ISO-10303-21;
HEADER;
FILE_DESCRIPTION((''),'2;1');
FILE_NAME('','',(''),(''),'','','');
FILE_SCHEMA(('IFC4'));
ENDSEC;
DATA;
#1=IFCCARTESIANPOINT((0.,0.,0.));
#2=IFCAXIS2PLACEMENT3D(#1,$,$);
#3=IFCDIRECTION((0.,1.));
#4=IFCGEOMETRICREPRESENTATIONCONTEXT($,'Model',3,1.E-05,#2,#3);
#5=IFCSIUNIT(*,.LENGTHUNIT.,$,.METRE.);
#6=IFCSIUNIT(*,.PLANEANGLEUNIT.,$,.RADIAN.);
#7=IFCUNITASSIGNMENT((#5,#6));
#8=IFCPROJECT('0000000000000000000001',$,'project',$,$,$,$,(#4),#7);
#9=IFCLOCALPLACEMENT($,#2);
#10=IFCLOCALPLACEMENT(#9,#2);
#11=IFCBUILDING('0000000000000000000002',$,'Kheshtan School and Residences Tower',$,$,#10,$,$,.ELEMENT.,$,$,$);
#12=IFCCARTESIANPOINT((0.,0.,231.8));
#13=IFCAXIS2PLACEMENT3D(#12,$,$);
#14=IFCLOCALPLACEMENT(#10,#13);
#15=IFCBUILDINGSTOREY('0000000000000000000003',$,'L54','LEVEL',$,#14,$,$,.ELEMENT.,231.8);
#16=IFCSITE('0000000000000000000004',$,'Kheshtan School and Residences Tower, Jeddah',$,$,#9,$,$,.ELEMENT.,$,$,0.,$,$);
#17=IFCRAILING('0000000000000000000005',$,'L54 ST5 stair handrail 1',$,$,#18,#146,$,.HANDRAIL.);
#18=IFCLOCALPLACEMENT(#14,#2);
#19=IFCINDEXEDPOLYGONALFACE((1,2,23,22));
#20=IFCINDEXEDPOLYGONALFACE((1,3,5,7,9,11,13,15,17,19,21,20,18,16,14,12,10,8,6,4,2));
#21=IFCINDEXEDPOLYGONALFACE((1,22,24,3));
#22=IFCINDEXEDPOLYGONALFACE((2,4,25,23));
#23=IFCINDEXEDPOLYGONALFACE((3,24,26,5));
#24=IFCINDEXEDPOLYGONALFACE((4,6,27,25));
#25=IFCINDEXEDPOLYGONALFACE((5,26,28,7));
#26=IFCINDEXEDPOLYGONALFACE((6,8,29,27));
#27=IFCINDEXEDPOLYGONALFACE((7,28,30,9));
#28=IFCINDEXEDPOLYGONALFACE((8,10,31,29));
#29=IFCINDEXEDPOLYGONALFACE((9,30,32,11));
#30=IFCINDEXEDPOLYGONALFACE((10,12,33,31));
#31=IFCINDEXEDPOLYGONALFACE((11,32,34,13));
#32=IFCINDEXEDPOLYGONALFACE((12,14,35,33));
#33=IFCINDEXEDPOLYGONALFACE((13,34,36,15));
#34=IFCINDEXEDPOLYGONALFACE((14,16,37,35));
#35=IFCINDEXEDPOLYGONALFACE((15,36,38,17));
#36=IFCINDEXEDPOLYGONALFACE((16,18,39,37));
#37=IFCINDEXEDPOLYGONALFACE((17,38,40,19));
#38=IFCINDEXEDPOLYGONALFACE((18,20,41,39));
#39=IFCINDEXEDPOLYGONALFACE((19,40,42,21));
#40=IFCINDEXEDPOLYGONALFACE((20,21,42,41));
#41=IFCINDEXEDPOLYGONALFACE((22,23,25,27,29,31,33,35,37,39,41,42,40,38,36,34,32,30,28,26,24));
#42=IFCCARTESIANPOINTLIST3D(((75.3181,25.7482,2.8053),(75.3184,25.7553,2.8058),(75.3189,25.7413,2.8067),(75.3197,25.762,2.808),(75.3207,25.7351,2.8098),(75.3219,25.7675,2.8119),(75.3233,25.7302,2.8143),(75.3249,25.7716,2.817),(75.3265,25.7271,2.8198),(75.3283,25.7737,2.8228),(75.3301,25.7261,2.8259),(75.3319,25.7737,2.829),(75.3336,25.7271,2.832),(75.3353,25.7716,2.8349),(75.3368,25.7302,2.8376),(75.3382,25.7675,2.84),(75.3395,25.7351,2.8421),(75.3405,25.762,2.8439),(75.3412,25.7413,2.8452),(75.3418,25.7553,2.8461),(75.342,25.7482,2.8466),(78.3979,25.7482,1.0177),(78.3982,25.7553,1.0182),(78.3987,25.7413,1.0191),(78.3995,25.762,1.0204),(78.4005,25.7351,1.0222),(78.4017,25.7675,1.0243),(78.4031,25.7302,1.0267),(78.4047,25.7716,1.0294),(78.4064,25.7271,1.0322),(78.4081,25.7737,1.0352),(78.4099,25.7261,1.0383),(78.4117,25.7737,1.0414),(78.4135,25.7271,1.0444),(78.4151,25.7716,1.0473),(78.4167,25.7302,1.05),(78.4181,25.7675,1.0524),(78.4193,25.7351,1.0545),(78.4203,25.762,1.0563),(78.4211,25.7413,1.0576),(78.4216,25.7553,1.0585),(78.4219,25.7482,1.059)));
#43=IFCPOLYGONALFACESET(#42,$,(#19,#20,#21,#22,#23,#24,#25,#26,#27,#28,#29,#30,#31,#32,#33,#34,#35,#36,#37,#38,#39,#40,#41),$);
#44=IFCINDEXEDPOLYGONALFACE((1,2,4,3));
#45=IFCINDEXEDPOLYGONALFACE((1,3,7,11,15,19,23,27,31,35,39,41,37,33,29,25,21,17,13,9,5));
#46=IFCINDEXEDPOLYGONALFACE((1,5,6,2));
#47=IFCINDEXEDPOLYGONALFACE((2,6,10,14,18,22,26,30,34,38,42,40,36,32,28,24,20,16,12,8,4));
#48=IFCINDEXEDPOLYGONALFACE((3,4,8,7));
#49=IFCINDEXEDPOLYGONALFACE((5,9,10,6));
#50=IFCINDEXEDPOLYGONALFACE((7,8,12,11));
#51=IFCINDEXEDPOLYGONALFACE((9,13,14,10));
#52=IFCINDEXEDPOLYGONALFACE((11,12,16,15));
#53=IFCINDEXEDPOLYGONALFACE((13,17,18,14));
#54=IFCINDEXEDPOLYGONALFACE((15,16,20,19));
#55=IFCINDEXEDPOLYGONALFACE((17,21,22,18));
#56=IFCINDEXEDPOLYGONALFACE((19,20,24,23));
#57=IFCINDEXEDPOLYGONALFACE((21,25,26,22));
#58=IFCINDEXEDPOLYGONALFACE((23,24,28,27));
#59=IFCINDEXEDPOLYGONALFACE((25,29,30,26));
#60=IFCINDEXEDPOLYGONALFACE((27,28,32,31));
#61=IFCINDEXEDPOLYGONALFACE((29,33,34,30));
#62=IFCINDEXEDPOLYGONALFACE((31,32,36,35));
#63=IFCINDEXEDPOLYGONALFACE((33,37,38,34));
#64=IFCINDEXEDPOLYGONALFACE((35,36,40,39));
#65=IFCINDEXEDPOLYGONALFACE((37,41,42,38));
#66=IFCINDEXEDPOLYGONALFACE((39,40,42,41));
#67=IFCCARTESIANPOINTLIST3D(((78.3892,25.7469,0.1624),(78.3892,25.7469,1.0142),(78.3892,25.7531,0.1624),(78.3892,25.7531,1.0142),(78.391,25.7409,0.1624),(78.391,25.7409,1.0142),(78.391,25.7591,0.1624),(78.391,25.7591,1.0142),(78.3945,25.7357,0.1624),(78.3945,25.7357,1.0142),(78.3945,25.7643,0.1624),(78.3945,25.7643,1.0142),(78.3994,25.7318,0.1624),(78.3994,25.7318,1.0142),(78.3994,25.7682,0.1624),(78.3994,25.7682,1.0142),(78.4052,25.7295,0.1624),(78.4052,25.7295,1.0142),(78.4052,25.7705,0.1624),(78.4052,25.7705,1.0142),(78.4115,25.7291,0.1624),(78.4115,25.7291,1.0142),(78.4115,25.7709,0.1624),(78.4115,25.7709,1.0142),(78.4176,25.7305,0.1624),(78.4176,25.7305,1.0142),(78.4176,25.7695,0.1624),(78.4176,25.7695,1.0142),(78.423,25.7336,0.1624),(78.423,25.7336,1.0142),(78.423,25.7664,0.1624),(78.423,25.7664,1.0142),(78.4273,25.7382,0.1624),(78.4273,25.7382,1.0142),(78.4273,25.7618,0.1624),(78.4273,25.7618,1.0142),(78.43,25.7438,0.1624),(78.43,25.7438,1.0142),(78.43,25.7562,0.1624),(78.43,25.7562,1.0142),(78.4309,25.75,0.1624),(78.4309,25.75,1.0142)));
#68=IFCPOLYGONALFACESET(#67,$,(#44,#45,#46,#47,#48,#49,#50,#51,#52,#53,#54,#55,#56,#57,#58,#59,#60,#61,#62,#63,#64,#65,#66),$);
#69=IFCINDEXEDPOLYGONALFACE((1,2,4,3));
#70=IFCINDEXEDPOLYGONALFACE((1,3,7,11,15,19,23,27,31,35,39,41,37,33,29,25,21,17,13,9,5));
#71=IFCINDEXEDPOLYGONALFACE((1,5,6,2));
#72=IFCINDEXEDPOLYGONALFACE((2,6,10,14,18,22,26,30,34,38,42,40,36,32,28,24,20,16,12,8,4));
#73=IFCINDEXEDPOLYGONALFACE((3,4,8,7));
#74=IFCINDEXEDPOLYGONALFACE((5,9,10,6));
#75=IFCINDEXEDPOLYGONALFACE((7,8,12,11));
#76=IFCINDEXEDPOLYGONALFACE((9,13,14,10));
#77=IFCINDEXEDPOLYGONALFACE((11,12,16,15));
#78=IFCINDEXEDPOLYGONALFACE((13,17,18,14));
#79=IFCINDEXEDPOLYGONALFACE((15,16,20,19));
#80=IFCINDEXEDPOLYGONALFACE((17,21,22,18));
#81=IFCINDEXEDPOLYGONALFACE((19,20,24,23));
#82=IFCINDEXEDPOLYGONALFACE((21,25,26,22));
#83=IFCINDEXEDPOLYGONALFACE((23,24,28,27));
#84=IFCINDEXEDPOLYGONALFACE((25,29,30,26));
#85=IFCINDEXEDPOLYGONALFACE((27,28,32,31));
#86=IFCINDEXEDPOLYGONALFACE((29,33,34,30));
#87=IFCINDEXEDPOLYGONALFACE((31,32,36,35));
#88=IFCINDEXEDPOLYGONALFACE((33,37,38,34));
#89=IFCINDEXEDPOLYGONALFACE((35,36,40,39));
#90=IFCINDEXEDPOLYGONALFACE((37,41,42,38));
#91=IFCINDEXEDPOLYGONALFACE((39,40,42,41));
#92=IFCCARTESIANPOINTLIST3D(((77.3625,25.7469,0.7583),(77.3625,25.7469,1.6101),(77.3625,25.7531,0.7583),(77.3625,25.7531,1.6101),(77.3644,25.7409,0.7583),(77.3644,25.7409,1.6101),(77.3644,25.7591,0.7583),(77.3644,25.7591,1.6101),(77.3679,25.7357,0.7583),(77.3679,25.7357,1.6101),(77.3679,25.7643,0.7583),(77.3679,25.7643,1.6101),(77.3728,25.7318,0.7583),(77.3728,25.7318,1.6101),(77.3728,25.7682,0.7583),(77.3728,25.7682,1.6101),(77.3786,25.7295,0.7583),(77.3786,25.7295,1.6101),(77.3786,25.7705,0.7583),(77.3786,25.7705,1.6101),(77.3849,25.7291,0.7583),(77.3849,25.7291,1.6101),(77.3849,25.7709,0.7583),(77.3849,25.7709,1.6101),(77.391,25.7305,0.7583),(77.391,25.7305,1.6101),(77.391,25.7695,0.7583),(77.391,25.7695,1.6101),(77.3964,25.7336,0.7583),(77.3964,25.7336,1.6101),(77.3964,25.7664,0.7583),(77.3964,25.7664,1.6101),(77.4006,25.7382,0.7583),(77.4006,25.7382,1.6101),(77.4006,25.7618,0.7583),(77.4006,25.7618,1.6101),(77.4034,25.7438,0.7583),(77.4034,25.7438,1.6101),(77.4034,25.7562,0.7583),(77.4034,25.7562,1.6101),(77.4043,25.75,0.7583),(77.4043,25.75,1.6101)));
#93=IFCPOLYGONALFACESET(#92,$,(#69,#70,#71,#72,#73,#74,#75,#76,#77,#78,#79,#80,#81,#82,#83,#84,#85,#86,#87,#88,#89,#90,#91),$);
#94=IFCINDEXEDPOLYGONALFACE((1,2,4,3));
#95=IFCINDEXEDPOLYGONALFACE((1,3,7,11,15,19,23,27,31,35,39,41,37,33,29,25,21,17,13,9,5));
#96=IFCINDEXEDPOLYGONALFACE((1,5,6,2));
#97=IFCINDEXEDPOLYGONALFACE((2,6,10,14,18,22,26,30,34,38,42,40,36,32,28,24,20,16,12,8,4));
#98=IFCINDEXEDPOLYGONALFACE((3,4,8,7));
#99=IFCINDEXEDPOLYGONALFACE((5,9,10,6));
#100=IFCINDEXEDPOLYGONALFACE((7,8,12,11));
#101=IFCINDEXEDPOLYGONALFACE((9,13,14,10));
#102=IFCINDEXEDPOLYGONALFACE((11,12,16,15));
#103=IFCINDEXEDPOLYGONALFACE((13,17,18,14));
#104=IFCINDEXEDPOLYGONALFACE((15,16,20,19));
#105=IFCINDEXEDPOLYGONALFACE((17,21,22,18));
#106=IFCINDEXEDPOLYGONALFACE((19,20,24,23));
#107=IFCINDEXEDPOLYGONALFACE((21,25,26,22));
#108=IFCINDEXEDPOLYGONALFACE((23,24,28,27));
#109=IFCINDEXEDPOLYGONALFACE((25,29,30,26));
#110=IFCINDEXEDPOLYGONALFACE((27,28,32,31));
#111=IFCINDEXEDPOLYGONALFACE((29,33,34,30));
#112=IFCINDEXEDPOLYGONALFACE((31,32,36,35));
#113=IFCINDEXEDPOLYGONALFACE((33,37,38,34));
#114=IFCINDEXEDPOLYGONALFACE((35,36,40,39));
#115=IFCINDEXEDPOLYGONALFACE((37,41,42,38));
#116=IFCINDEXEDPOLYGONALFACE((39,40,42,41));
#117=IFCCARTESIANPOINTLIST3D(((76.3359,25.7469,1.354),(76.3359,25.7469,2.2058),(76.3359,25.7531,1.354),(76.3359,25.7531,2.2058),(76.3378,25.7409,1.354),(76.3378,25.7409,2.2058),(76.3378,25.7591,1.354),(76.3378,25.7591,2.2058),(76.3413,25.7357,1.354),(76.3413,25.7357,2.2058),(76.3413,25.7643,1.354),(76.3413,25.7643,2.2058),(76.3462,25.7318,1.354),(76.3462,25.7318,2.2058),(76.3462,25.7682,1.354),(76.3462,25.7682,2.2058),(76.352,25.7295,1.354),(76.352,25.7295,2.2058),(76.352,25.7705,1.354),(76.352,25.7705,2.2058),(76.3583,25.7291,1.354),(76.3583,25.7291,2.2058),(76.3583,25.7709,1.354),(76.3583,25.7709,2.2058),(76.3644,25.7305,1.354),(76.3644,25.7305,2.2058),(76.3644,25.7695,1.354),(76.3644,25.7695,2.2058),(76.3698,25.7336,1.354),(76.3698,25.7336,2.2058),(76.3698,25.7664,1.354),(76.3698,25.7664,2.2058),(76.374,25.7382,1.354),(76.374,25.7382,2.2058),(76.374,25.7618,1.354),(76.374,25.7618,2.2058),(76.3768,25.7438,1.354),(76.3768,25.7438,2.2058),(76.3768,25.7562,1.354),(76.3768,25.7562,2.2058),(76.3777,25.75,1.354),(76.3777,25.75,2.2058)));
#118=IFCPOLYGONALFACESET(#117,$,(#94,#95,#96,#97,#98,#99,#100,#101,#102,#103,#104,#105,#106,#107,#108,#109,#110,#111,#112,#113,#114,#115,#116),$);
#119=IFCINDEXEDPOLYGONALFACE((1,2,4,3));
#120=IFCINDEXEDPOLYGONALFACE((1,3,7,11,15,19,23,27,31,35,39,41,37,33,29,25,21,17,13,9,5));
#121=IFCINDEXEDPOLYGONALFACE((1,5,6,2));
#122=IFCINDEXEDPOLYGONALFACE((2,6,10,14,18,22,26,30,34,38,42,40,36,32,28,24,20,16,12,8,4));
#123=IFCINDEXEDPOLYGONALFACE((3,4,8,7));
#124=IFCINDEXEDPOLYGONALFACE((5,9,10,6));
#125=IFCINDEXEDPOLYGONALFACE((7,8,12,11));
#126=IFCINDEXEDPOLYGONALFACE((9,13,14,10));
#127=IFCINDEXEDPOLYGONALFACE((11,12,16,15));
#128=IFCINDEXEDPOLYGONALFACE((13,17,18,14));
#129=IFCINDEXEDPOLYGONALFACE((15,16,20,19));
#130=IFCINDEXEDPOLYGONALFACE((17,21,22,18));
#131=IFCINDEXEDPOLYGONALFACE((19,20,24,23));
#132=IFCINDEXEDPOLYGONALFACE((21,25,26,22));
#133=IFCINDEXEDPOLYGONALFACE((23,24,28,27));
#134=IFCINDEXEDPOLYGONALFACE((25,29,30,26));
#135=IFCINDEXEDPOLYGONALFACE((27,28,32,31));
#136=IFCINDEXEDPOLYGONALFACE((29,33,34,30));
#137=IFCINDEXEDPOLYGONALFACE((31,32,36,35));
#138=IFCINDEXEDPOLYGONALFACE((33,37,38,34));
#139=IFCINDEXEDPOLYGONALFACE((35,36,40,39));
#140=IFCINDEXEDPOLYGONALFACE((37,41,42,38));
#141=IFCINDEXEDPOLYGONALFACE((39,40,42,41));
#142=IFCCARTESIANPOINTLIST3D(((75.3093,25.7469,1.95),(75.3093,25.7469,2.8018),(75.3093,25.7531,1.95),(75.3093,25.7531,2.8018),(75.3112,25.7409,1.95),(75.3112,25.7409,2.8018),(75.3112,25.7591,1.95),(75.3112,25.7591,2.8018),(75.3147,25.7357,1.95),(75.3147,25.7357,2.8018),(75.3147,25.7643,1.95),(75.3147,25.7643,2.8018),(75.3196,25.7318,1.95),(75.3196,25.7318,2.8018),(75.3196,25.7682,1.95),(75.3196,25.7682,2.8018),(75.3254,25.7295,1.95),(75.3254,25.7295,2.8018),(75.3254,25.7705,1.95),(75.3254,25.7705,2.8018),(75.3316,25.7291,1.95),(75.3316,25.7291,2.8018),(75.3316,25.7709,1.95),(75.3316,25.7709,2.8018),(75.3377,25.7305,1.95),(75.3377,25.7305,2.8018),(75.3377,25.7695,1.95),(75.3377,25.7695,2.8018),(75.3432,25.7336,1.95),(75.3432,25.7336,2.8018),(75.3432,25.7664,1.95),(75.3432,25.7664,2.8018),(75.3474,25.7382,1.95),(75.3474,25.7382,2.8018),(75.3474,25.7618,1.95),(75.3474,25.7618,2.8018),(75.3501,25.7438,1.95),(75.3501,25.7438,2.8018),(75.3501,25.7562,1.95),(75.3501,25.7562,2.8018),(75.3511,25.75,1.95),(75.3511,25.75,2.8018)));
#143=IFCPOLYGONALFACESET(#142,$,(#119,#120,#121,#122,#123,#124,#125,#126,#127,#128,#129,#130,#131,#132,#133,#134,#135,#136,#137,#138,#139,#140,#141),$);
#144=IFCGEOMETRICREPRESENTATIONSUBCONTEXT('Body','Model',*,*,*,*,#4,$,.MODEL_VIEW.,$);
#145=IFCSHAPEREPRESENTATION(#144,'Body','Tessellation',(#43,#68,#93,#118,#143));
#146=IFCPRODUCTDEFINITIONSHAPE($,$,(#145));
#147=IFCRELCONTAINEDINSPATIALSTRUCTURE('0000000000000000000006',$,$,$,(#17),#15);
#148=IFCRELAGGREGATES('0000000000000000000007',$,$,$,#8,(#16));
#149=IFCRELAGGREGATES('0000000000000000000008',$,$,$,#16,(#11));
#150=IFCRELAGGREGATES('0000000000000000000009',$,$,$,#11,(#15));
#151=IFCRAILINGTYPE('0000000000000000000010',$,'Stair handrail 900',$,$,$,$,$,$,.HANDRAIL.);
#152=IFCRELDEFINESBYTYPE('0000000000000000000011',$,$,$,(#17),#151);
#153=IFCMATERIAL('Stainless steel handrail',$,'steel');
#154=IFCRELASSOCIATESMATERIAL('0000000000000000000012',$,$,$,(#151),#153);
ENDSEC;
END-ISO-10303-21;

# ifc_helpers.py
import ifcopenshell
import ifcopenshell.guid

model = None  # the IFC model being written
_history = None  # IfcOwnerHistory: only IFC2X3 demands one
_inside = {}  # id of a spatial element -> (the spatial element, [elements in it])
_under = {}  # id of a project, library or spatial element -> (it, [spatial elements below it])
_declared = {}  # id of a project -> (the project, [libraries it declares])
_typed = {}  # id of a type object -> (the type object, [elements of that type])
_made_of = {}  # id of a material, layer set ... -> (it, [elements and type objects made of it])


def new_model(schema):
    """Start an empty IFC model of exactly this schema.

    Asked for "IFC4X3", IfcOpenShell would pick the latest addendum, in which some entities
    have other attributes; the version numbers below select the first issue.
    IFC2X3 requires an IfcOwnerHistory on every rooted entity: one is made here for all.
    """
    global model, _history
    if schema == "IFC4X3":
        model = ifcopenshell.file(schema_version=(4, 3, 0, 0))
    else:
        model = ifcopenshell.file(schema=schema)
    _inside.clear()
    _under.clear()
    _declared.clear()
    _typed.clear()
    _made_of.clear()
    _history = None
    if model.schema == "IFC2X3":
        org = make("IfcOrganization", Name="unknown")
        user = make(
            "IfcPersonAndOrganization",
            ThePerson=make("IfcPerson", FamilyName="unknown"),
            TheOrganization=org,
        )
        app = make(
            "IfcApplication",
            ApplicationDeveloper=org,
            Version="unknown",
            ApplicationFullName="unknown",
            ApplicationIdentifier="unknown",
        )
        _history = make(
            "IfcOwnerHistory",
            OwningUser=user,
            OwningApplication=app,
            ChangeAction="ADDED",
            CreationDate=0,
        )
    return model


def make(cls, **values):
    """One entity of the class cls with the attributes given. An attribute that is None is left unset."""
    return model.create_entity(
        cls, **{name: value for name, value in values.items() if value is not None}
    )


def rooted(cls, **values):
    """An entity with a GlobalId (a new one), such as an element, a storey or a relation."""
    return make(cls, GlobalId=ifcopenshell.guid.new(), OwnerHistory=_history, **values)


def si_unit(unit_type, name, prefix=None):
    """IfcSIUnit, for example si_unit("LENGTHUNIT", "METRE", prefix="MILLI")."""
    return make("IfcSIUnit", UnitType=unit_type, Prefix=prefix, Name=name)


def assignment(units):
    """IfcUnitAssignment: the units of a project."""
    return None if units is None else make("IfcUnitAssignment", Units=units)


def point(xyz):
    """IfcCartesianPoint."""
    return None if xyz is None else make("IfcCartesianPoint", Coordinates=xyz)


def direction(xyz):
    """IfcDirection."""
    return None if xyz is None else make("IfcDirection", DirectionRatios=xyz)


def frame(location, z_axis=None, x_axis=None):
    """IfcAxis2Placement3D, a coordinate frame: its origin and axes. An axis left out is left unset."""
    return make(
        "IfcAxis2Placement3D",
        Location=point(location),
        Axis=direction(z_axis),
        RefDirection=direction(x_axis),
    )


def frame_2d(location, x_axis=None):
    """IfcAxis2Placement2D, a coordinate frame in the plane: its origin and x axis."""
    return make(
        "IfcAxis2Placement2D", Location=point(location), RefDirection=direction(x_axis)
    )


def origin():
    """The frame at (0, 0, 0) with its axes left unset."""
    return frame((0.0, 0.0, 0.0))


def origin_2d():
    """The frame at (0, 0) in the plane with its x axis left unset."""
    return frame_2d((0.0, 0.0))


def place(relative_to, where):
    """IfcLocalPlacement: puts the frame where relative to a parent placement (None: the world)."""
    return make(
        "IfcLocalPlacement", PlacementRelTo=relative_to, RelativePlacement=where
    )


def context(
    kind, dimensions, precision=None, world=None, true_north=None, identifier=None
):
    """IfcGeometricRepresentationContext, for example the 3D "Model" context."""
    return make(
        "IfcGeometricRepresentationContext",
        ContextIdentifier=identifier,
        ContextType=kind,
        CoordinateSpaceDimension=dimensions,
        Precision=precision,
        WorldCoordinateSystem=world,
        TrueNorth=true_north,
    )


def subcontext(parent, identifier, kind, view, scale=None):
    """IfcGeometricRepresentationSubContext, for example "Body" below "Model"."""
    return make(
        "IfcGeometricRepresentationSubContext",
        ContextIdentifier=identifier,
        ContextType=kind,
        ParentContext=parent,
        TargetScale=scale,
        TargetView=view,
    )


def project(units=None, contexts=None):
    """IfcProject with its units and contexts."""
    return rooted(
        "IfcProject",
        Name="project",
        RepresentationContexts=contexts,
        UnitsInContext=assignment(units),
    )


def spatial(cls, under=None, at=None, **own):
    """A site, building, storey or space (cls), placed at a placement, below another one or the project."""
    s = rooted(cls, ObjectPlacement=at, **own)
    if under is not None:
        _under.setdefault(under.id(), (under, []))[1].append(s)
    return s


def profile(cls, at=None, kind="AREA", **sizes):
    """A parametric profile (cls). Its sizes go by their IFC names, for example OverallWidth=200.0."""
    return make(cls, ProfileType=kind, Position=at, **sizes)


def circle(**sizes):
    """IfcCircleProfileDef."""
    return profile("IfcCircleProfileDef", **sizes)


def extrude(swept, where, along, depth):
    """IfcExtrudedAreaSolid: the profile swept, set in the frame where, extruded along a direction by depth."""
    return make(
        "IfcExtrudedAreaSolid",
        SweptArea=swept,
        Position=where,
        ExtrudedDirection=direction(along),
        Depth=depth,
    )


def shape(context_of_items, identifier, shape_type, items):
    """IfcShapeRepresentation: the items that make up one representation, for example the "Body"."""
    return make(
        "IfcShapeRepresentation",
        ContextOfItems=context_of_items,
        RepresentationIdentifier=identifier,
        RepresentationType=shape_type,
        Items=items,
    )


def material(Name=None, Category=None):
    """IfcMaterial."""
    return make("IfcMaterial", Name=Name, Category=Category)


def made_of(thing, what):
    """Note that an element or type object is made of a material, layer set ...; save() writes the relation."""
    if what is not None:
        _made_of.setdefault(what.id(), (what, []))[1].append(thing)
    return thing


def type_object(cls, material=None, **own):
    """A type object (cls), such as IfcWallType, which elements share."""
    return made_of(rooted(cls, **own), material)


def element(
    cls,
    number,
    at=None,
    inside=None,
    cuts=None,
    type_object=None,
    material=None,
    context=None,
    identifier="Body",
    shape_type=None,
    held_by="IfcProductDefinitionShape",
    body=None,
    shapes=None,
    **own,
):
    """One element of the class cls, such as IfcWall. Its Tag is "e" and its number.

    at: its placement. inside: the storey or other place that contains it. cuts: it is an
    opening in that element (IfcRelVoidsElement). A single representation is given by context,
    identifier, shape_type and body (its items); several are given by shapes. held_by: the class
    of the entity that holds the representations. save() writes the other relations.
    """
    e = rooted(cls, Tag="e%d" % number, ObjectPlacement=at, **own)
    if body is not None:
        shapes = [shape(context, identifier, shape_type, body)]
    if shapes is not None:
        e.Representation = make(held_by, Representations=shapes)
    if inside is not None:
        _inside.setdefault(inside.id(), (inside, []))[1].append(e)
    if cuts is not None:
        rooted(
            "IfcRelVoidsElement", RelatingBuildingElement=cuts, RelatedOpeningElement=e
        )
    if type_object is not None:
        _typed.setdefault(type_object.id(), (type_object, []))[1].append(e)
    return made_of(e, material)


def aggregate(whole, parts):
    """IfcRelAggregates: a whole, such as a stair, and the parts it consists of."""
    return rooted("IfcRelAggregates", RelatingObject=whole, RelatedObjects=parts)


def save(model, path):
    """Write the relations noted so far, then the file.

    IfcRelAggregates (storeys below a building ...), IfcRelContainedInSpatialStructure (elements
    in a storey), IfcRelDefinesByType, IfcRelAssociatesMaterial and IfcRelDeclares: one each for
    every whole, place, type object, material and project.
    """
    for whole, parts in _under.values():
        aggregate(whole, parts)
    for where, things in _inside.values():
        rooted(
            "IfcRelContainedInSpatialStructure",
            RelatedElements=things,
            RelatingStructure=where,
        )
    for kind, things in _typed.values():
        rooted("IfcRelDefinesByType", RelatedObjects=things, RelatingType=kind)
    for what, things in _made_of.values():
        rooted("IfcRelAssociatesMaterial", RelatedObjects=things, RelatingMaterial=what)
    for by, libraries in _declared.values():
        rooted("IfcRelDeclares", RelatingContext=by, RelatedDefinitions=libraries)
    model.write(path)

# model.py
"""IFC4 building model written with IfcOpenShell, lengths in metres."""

from ifc_helpers import new_model, si_unit, direction, frame, origin, origin_2d, place, context, subcontext, project, spatial, circle, extrude, material, type_object, element, save


model = new_model("IFC4")

# Units and contexts
model_context = context("Model", 3, precision=1e-05, world=origin(), true_north=direction((0.0, 1.0)))
body_context = subcontext(model_context, "Body", "Model", "MODEL_VIEW")
ifc_project = project(units=[si_unit("LENGTHUNIT", "METRE"), si_unit("PLANEANGLEUNIT", "RADIAN")], contexts=[model_context])

# Site, building, storey
site_placement = place(None, origin())
site = spatial("IfcSite", under=ifc_project, at=site_placement, Name="Kheshtan School and Residences Tower, Jeddah", CompositionType="ELEMENT", RefElevation=0.0)
building_placement = place(site_placement, origin())
building = spatial("IfcBuilding", under=site, at=building_placement, Name="Kheshtan School and Residences Tower", CompositionType="ELEMENT")
storey_placement = place(building_placement, frame((0.0, 0.0, 231.8)))
storey = spatial("IfcBuildingStorey", under=building, at=storey_placement, Name="L54", Description="LEVEL", CompositionType="ELEMENT", Elevation=231.8)

# Railing
ifc_material_1 = material(Name="Stainless steel handrail", Category="steel")
railing_type_1 = type_object("IfcRailingType", Name="Stair handrail 900", PredefinedType="HANDRAIL", material=ifc_material_1)
railing_1_placement = place(storey_placement, frame((78.4099, 25.75, 0.1624)))
element("IfcRailing", 1, at=railing_1_placement, inside=storey, type_object=railing_type_1, Name="L54 ST5 stair handrail 1", PredefinedType="HANDRAIL", context=body_context, shape_type="SweptSolid", body=[
    extrude(circle(Radius=0.0239, at=origin_2d()), frame((0.0, 0.0, 0.876), z_axis=(-0.864873, 0.0, 0.50199), x_axis=(0.0, -1.0, 0.0)), (0.0, 0.0, 1.0), 3.561),
    extrude(circle(Radius=0.021, at=origin_2d()), origin(), (0.0, 0.0, 1.0), 0.8518),
    extrude(circle(Radius=0.021, at=origin_2d()), frame((-1.0266, 0.0, 0.5959)), (0.0, 0.0, 1.0), 0.8518),
    extrude(circle(Radius=0.021, at=origin_2d()), frame((-2.0532, 0.0, 1.1917)), (0.0, 0.0, 1.0), 0.8518),
    extrude(circle(Radius=0.021, at=origin_2d()), frame((-3.0798, 0.0, 1.7876)), (0.0, 0.0, 1.0), 0.8518),
])

save(model, "model.ifc")
